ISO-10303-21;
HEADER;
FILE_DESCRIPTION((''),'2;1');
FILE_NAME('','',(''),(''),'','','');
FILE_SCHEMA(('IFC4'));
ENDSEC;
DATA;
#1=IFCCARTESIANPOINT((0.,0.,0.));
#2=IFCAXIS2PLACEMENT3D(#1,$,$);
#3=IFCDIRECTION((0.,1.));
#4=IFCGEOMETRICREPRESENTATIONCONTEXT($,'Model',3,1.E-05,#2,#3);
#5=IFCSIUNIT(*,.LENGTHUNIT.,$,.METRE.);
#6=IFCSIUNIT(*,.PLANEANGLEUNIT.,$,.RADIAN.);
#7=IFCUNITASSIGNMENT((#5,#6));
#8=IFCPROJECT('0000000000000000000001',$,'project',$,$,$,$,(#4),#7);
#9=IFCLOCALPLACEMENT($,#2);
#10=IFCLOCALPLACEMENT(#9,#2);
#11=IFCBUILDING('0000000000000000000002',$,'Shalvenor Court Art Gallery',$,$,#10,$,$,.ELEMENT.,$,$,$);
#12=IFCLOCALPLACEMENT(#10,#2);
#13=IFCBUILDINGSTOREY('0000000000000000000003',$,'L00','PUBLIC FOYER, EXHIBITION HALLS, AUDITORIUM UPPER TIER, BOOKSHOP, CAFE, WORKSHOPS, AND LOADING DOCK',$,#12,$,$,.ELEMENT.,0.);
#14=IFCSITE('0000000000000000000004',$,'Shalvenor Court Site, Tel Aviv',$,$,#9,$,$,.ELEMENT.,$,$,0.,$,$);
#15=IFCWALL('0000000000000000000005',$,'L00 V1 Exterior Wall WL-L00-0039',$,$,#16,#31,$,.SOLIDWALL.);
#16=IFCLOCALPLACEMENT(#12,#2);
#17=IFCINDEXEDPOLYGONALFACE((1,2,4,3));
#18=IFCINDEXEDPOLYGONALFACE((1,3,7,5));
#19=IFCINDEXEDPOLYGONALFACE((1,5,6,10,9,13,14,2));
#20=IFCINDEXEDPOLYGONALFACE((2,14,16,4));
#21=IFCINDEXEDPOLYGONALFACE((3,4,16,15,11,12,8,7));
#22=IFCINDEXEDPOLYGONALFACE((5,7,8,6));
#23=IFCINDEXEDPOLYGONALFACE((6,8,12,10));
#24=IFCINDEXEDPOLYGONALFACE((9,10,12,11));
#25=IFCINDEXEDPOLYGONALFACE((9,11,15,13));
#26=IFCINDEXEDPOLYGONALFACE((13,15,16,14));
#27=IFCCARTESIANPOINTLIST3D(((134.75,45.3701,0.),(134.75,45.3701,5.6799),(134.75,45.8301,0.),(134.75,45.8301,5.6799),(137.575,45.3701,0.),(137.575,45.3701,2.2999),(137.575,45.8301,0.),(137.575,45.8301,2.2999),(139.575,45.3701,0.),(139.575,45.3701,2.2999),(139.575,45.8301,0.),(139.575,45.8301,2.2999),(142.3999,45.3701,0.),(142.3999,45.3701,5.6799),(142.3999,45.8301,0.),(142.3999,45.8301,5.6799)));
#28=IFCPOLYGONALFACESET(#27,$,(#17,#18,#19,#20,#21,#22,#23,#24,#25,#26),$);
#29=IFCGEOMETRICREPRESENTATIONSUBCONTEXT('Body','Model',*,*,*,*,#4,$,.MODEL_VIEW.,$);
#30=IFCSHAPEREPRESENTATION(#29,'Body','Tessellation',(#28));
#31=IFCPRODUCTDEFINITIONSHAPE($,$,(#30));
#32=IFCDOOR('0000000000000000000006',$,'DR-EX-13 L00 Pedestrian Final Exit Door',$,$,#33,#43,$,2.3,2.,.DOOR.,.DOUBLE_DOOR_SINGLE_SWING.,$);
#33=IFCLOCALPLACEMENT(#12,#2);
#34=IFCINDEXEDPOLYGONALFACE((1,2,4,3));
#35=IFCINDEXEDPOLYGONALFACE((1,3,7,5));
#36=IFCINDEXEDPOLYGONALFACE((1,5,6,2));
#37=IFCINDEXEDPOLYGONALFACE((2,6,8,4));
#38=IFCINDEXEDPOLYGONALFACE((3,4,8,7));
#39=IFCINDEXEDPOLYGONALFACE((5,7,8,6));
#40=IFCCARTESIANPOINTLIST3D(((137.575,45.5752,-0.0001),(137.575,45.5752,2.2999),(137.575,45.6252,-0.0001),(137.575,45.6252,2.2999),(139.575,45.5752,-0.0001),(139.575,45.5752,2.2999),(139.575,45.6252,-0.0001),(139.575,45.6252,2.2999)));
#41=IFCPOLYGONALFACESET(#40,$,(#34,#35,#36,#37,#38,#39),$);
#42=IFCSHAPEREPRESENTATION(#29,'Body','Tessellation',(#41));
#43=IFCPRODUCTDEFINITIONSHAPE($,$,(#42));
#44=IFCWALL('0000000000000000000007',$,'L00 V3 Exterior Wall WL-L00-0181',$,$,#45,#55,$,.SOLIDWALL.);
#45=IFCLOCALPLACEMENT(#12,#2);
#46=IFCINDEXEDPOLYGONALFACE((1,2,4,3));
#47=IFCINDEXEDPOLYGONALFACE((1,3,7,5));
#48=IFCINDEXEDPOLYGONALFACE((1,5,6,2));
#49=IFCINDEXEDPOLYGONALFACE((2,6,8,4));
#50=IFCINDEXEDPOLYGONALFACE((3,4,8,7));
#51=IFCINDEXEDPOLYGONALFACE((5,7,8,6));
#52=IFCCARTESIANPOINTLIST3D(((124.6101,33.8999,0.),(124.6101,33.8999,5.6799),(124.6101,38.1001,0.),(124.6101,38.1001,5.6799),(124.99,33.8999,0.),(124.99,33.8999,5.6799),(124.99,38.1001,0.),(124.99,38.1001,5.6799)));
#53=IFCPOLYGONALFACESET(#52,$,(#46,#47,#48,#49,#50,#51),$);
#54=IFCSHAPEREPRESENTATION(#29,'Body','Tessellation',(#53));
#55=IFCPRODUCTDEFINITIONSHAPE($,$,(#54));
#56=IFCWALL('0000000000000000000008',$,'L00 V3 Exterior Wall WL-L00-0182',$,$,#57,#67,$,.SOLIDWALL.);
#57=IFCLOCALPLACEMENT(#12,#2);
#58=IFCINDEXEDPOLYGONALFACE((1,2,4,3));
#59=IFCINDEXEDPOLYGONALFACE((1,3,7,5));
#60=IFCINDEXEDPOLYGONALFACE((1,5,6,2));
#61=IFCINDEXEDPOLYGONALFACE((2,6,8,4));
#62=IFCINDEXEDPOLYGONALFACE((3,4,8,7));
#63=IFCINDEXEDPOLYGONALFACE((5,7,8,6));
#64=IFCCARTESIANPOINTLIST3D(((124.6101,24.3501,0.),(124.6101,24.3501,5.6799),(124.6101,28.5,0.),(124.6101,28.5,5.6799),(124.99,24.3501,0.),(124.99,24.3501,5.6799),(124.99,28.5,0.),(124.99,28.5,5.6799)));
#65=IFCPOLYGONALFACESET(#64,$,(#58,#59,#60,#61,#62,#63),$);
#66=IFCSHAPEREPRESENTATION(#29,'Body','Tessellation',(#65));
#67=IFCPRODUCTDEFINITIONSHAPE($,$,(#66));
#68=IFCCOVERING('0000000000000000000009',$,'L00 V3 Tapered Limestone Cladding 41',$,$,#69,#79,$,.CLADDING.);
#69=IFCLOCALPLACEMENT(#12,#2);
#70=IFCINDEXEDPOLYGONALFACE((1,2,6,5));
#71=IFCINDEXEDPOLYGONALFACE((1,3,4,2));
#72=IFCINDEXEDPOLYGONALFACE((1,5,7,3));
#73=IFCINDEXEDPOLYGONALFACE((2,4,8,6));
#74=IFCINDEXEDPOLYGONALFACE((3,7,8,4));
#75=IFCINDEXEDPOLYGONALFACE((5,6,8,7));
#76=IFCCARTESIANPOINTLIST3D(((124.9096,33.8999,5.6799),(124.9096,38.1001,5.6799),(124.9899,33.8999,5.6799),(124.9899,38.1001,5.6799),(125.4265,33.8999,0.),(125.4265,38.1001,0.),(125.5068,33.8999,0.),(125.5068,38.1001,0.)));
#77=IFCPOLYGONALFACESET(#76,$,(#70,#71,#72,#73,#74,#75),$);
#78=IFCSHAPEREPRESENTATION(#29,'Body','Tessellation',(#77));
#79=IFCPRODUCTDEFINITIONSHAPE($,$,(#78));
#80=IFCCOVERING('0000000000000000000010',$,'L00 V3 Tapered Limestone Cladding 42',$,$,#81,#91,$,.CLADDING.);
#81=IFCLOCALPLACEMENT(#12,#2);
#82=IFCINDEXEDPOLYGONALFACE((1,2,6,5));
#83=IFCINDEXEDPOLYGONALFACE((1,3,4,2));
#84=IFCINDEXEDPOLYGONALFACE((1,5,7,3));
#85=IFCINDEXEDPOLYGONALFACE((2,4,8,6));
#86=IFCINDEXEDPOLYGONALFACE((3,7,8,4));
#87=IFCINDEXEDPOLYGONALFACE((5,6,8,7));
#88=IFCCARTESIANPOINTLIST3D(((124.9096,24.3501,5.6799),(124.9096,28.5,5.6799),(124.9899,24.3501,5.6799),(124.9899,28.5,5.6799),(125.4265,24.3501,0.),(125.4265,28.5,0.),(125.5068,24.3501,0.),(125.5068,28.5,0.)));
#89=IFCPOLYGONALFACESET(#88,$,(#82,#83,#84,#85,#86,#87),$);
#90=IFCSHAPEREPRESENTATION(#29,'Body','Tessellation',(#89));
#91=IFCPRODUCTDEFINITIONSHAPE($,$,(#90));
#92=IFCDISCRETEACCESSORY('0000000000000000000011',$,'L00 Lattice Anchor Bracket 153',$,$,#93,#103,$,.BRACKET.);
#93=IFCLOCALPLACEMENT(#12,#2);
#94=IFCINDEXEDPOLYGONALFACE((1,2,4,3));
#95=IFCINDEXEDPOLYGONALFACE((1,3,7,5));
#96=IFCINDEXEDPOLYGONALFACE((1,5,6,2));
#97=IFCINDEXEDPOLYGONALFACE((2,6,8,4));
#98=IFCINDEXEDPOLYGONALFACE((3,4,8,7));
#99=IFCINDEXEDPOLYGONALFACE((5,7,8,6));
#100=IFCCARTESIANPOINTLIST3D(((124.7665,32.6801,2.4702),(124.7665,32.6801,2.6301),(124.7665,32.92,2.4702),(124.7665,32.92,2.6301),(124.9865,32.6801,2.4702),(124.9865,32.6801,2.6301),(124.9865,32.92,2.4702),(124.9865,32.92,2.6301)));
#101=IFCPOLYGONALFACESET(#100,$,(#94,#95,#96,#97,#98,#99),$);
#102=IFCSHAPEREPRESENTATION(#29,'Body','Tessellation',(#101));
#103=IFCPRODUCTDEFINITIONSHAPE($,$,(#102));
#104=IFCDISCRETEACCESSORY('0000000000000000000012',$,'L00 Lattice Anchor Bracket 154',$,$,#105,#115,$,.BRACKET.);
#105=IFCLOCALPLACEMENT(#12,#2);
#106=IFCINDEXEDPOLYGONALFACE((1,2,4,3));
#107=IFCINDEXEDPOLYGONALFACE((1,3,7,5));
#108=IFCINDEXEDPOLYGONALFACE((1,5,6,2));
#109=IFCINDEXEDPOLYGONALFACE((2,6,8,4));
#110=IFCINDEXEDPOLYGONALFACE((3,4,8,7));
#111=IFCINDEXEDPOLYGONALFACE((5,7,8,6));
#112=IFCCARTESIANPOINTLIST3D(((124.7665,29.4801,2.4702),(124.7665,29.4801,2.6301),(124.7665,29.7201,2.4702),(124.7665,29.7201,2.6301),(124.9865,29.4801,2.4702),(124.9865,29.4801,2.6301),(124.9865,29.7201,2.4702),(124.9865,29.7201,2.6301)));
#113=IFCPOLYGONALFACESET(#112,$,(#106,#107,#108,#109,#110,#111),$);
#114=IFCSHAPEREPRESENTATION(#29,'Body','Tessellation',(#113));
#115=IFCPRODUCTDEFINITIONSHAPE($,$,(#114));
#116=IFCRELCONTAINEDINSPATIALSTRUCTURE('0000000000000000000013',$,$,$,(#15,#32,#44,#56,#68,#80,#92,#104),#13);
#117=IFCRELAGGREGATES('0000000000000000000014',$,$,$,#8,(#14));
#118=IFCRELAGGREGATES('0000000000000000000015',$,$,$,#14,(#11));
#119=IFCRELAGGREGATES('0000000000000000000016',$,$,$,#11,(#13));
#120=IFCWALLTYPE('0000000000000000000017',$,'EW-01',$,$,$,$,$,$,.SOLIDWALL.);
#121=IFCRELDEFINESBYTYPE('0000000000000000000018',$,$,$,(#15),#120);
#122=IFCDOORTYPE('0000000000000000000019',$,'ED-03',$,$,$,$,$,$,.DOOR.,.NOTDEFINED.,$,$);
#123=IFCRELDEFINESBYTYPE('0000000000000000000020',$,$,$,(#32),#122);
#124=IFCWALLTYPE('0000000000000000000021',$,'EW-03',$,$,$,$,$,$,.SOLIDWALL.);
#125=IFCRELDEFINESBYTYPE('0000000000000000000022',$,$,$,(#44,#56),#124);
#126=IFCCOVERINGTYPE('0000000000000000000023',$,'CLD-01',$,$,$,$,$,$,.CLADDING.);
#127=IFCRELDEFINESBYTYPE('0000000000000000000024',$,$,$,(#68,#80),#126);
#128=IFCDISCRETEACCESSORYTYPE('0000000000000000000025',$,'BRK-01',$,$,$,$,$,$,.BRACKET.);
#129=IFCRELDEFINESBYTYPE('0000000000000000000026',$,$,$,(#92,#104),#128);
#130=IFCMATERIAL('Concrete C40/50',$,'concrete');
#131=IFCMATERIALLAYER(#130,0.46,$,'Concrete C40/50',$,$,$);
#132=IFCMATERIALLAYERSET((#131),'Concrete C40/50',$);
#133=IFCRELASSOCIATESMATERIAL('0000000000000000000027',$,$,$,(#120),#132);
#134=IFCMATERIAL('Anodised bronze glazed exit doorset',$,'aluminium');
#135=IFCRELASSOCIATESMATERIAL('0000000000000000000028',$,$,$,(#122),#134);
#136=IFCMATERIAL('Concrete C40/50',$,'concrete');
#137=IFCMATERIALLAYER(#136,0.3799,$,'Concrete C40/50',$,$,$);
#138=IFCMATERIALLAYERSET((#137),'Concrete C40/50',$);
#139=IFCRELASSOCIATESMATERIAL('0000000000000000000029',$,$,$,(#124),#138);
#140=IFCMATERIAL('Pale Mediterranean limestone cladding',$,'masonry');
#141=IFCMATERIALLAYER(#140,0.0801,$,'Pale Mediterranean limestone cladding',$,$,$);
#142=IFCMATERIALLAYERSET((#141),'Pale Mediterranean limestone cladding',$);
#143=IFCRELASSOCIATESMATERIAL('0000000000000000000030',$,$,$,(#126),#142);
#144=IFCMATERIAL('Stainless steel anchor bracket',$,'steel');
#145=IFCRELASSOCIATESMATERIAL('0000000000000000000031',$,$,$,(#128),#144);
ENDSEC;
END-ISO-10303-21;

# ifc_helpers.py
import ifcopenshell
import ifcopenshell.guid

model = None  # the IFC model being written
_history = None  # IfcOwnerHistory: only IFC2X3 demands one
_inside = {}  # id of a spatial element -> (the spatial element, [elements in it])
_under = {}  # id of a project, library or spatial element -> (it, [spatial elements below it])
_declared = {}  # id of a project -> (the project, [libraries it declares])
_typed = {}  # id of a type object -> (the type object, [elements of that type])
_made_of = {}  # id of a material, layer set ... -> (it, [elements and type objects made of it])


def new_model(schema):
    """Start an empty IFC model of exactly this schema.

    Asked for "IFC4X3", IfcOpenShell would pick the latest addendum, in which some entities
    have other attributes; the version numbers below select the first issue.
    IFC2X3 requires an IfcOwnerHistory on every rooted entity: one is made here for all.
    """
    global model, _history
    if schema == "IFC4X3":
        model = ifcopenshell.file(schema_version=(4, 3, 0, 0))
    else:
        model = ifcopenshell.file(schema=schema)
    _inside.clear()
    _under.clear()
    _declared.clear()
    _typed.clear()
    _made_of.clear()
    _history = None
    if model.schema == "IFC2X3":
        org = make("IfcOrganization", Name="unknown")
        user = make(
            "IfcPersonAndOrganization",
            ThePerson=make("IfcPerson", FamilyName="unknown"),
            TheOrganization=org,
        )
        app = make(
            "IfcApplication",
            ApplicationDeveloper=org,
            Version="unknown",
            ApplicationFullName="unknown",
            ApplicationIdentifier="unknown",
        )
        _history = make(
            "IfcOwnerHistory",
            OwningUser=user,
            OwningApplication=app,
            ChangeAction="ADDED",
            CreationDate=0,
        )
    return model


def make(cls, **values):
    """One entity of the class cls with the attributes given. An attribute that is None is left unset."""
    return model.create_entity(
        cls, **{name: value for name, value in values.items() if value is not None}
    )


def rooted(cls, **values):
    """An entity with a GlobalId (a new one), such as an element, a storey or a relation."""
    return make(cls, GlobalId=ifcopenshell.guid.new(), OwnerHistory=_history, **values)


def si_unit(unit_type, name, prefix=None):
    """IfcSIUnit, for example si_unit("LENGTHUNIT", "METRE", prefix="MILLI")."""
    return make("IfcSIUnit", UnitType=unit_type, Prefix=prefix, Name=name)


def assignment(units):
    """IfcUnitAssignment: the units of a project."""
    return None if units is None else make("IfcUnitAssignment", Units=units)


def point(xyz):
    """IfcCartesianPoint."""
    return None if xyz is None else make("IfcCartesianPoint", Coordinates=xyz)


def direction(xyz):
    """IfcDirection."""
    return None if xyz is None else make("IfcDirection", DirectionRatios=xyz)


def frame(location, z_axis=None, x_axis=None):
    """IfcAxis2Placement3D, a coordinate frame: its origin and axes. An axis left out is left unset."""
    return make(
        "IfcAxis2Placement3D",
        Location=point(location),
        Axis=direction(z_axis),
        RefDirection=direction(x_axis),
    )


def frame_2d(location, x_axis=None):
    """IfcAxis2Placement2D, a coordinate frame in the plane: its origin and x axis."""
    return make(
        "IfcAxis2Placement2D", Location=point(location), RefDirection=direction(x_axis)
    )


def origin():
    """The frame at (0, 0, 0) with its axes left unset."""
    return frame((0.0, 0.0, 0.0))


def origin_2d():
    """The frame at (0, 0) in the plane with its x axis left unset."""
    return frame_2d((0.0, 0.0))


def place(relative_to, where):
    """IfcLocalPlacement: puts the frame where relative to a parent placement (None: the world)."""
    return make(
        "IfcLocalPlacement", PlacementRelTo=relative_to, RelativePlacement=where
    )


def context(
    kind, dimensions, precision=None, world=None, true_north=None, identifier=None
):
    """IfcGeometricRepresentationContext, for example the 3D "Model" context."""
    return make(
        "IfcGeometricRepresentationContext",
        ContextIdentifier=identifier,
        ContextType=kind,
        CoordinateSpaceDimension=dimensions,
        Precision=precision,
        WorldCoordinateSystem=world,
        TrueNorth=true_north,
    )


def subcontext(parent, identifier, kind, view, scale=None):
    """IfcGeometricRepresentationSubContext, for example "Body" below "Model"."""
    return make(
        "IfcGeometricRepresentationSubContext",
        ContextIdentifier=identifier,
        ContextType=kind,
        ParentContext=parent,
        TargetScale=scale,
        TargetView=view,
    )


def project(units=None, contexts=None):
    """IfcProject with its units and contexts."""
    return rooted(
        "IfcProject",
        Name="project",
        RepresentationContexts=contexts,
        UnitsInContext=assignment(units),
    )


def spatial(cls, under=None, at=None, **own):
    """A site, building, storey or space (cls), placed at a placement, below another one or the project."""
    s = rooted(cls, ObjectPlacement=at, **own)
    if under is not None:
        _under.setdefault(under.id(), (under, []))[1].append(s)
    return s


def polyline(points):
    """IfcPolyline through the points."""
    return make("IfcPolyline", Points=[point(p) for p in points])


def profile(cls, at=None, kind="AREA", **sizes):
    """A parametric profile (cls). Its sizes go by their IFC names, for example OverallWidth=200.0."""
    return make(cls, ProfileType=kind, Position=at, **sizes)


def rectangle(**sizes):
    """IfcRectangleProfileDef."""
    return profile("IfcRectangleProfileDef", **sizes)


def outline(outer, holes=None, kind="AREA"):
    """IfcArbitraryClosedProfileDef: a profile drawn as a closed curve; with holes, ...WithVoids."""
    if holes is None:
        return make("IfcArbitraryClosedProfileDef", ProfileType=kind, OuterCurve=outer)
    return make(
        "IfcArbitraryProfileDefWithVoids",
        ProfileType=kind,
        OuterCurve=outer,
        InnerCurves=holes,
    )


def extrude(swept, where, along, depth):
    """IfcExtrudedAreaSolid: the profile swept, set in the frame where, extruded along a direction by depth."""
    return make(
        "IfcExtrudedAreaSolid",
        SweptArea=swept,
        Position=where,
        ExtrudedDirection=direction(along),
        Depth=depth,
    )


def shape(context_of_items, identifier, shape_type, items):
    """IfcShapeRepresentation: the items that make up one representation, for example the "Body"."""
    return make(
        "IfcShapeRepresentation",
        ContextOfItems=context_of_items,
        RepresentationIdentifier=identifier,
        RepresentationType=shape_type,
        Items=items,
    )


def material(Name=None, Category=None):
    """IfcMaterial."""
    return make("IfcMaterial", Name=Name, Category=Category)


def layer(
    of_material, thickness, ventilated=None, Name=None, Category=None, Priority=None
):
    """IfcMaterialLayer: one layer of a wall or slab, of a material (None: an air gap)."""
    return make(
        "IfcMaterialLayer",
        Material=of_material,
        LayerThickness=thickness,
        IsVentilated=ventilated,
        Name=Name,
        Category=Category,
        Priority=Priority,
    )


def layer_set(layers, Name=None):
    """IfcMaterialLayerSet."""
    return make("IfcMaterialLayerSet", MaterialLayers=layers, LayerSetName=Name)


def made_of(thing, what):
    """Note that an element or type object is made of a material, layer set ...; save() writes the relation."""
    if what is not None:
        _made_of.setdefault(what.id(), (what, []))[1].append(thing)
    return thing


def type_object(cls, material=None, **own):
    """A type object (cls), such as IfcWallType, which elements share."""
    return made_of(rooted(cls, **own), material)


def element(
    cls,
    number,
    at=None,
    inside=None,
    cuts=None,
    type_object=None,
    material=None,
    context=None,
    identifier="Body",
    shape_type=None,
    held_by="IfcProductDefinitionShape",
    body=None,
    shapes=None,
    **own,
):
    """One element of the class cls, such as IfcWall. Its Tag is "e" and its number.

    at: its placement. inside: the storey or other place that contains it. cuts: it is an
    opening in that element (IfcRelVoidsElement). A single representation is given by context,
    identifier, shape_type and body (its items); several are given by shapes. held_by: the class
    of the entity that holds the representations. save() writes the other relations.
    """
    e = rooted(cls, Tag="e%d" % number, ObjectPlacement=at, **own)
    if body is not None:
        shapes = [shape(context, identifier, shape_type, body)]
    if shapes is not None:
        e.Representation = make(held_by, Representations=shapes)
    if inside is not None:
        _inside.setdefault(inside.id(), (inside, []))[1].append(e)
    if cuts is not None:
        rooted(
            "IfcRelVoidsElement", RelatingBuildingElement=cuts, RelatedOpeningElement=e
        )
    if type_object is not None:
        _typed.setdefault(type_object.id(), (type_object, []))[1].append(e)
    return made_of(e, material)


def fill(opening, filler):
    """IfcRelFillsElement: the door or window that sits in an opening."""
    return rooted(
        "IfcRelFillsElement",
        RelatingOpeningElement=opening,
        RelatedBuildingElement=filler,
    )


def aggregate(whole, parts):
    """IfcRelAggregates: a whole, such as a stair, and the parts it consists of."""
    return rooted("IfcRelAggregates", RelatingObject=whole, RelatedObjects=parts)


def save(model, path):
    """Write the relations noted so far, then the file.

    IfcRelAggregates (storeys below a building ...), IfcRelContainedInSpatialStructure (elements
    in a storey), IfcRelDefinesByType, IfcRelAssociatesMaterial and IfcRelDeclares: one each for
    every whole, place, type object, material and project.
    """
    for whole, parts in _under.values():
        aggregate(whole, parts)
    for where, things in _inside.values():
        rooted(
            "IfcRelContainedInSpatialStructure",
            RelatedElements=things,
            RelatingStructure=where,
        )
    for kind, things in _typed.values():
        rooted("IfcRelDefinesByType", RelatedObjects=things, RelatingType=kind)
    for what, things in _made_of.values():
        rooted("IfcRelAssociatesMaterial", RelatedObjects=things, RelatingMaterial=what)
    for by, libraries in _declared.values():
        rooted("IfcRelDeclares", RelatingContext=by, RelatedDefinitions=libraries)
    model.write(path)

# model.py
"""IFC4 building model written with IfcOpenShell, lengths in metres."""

from ifc_helpers import new_model, si_unit, direction, frame, frame_2d, origin, origin_2d, place, context, subcontext, project, spatial, polyline, rectangle, outline, extrude, material, layer, layer_set, type_object, element, fill, save


model = new_model("IFC4")

# Units and contexts
model_context = context("Model", 3, precision=1e-05, world=origin(), true_north=direction((0.0, 1.0)))
body_context = subcontext(model_context, "Body", "Model", "MODEL_VIEW")
ifc_project = project(units=[si_unit("LENGTHUNIT", "METRE"), si_unit("PLANEANGLEUNIT", "RADIAN")], contexts=[model_context])

# Site, building, storey
site_placement = place(None, origin())
site = spatial("IfcSite", under=ifc_project, at=site_placement, Name="Shalvenor Court Site, Tel Aviv", CompositionType="ELEMENT", RefElevation=0.0)
building_placement = place(site_placement, origin())
building = spatial("IfcBuilding", under=site, at=building_placement, Name="Shalvenor Court Art Gallery", CompositionType="ELEMENT")
storey_placement = place(building_placement, origin())
storey = spatial("IfcBuildingStorey", under=building, at=storey_placement, Name="L00", Description="PUBLIC FOYER, EXHIBITION HALLS, AUDITORIUM UPPER TIER, BOOKSHOP, CAFE, WORKSHOPS, AND LOADING DOCK", CompositionType="ELEMENT", Elevation=0.0)

# Wall, opening, door
ifc_material_1 = material(Name="Concrete C40/50", Category="concrete")
ifc_layer_1 = layer(ifc_material_1, 0.46, Name="Concrete C40/50")
ifc_layer_set_1 = layer_set([ifc_layer_1], Name="Concrete C40/50")
wall_type_1 = type_object("IfcWallType", Name="EW-01", PredefinedType="SOLIDWALL", material=ifc_layer_set_1)
wall_1_placement = place(storey_placement, frame((142.3999, 45.6001, 0.0), z_axis=(0.0, 0.0, 1.0), x_axis=(-1.0, 0.0, 0.0)))
wall_1 = element("IfcWall", 1, at=wall_1_placement, inside=storey, type_object=wall_type_1, Name="L00 V1 Exterior Wall WL-L00-0039", PredefinedType="SOLIDWALL", context=body_context, shape_type="SweptSolid", body=[
    extrude(rectangle(XDim=7.6499, YDim=0.46, at=frame_2d((3.825, 0.0))), origin(), (0.0, 0.0, 1.0), 5.6799),
])
opening_1_placement = place(wall_1_placement, frame((2.825, 0.0, 0.0)))
opening_1 = element("IfcOpeningElement", 2, at=opening_1_placement, cuts=wall_1, PredefinedType="OPENING", context=body_context, shape_type="SweptSolid", body=[
    extrude(rectangle(XDim=2.0, YDim=2.3, at=frame_2d((1.0, 1.1499))), frame((0.0, 0.24, 0.0), z_axis=(0.0, -1.0, 0.0), x_axis=(1.0, 0.0, 0.0)), (0.0, 0.0, 1.0), 0.48),
])
ifc_material_2 = material(Name="Anodised bronze glazed exit doorset", Category="aluminium")
door_type_1 = type_object("IfcDoorType", Name="ED-03", OperationType="NOTDEFINED", PredefinedType="DOOR", material=ifc_material_2)
door_1_placement = place(opening_1_placement, origin())
door_1 = element("IfcDoor", 3, at=door_1_placement, inside=storey, type_object=door_type_1, Name="DR-EX-13 L00 Pedestrian Final Exit Door", OperationType="DOUBLE_DOOR_SINGLE_SWING", OverallHeight=2.3, OverallWidth=2.0, PredefinedType="DOOR", context=body_context, shape_type="SweptSolid", body=[
    extrude(rectangle(XDim=2.0, YDim=2.3, at=frame_2d((1.0, 1.1499))), frame((0.0, 0.0249, 0.0), z_axis=(0.0, -1.0, 0.0), x_axis=(1.0, 0.0, 0.0)), (0.0, 0.0, 1.0), 0.05),
])
fill(opening_1, door_1)

# Walls
ifc_material_3 = material(Name="Concrete C40/50", Category="concrete")
ifc_layer_2 = layer(ifc_material_3, 0.3799, Name="Concrete C40/50")
ifc_layer_set_2 = layer_set([ifc_layer_2], Name="Concrete C40/50")
wall_type_2 = type_object("IfcWallType", Name="EW-03", PredefinedType="SOLIDWALL", material=ifc_layer_set_2)
wall_2_placement = place(storey_placement, frame((124.8, 38.1001, 0.0), z_axis=(0.0, 0.0, 1.0), x_axis=(0.0, -1.0, 0.0)))
element("IfcWall", 4, at=wall_2_placement, inside=storey, type_object=wall_type_2, Name="L00 V3 Exterior Wall WL-L00-0181", PredefinedType="SOLIDWALL", context=body_context, shape_type="SweptSolid", body=[
    extrude(rectangle(XDim=4.2002, YDim=0.3799, at=frame_2d((2.1001, 0.0))), origin(), (0.0, 0.0, 1.0), 5.6799),
])
wall_3_placement = place(storey_placement, frame((124.8, 28.5, 0.0), z_axis=(0.0, 0.0, 1.0), x_axis=(0.0, -1.0, 0.0)))
element("IfcWall", 5, at=wall_3_placement, inside=storey, type_object=wall_type_2, Name="L00 V3 Exterior Wall WL-L00-0182", PredefinedType="SOLIDWALL", context=body_context, shape_type="SweptSolid", body=[
    extrude(rectangle(XDim=4.1499, YDim=0.3799, at=frame_2d((2.075, 0.0))), origin(), (0.0, 0.0, 1.0), 5.6799),
])

# Coverings
ifc_material_4 = material(Name="Pale Mediterranean limestone cladding", Category="masonry")
ifc_layer_3 = layer(ifc_material_4, 0.0801, Name="Pale Mediterranean limestone cladding")
ifc_layer_set_3 = layer_set([ifc_layer_3], Name="Pale Mediterranean limestone cladding")
covering_type = type_object("IfcCoveringType", Name="CLD-01", PredefinedType="CLADDING", material=ifc_layer_set_3)
covering_1_placement = place(storey_placement, frame((125.5068, 33.8999, 0.0), z_axis=(0.0, 0.0, 1.0), x_axis=(0.0, 1.0, 0.0)))
element("IfcCovering", 6, at=covering_1_placement, inside=storey, type_object=covering_type, Name="L00 V3 Tapered Limestone Cladding 41", PredefinedType="CLADDING", context=body_context, shape_type="SweptSolid", body=[
    extrude(outline(polyline([(0.0, 0.0), (4.2002, 0.0), (4.2002, 5.7034), (0.0, 5.7034), (0.0, 0.0)])), frame((0.0, 0.0, 0.0), z_axis=(0.0, -0.995884, 0.090633), x_axis=(1.0, 0.0, 0.0)), (0.0, 0.090633, -0.995884), 0.0803),
])
covering_2_placement = place(storey_placement, frame((125.5068, 24.3501, 0.0), z_axis=(0.0, 0.0, 1.0), x_axis=(0.0, 1.0, 0.0)))
element("IfcCovering", 7, at=covering_2_placement, inside=storey, type_object=covering_type, Name="L00 V3 Tapered Limestone Cladding 42", PredefinedType="CLADDING", context=body_context, shape_type="SweptSolid", body=[
    extrude(outline(polyline([(0.0, 0.0), (4.1499, 0.0), (4.1499, 5.7034), (0.0, 5.7034), (0.0, 0.0)])), frame((0.0, 0.0, 0.0), z_axis=(0.0, -0.995884, 0.090633), x_axis=(1.0, 0.0, 0.0)), (0.0, 0.090633, -0.995884), 0.0803),
])

# Discrete accessories
ifc_material_5 = material(Name="Stainless steel anchor bracket", Category="steel")
discrete_accessory_type = type_object("IfcDiscreteAccessoryType", Name="BRK-01", PredefinedType="BRACKET", material=ifc_material_5)
for number, where, z_axis, x_axis, name in (
    (8, (124.8765, 32.8, 2.4702), (0.0, 0.0, 1.0), (0.0, -1.0, 0.0), "L00 Lattice Anchor Bracket 153"),
    (9, (124.8765, 29.6001, 2.4702), (0.0, 0.0, 1.0), (0.0, -1.0, 0.0), "L00 Lattice Anchor Bracket 154"),
):
    element("IfcDiscreteAccessory", number, at=place(storey_placement, frame(where, z_axis=z_axis, x_axis=x_axis)), inside=storey, type_object=discrete_accessory_type, Name=name, PredefinedType="BRACKET", context=body_context, shape_type="SweptSolid", body=[
        extrude(rectangle(XDim=0.24, YDim=0.22, at=origin_2d()), origin(), (0.0, 0.0, 1.0), 0.1599),
    ])

save(model, "model.ifc")
